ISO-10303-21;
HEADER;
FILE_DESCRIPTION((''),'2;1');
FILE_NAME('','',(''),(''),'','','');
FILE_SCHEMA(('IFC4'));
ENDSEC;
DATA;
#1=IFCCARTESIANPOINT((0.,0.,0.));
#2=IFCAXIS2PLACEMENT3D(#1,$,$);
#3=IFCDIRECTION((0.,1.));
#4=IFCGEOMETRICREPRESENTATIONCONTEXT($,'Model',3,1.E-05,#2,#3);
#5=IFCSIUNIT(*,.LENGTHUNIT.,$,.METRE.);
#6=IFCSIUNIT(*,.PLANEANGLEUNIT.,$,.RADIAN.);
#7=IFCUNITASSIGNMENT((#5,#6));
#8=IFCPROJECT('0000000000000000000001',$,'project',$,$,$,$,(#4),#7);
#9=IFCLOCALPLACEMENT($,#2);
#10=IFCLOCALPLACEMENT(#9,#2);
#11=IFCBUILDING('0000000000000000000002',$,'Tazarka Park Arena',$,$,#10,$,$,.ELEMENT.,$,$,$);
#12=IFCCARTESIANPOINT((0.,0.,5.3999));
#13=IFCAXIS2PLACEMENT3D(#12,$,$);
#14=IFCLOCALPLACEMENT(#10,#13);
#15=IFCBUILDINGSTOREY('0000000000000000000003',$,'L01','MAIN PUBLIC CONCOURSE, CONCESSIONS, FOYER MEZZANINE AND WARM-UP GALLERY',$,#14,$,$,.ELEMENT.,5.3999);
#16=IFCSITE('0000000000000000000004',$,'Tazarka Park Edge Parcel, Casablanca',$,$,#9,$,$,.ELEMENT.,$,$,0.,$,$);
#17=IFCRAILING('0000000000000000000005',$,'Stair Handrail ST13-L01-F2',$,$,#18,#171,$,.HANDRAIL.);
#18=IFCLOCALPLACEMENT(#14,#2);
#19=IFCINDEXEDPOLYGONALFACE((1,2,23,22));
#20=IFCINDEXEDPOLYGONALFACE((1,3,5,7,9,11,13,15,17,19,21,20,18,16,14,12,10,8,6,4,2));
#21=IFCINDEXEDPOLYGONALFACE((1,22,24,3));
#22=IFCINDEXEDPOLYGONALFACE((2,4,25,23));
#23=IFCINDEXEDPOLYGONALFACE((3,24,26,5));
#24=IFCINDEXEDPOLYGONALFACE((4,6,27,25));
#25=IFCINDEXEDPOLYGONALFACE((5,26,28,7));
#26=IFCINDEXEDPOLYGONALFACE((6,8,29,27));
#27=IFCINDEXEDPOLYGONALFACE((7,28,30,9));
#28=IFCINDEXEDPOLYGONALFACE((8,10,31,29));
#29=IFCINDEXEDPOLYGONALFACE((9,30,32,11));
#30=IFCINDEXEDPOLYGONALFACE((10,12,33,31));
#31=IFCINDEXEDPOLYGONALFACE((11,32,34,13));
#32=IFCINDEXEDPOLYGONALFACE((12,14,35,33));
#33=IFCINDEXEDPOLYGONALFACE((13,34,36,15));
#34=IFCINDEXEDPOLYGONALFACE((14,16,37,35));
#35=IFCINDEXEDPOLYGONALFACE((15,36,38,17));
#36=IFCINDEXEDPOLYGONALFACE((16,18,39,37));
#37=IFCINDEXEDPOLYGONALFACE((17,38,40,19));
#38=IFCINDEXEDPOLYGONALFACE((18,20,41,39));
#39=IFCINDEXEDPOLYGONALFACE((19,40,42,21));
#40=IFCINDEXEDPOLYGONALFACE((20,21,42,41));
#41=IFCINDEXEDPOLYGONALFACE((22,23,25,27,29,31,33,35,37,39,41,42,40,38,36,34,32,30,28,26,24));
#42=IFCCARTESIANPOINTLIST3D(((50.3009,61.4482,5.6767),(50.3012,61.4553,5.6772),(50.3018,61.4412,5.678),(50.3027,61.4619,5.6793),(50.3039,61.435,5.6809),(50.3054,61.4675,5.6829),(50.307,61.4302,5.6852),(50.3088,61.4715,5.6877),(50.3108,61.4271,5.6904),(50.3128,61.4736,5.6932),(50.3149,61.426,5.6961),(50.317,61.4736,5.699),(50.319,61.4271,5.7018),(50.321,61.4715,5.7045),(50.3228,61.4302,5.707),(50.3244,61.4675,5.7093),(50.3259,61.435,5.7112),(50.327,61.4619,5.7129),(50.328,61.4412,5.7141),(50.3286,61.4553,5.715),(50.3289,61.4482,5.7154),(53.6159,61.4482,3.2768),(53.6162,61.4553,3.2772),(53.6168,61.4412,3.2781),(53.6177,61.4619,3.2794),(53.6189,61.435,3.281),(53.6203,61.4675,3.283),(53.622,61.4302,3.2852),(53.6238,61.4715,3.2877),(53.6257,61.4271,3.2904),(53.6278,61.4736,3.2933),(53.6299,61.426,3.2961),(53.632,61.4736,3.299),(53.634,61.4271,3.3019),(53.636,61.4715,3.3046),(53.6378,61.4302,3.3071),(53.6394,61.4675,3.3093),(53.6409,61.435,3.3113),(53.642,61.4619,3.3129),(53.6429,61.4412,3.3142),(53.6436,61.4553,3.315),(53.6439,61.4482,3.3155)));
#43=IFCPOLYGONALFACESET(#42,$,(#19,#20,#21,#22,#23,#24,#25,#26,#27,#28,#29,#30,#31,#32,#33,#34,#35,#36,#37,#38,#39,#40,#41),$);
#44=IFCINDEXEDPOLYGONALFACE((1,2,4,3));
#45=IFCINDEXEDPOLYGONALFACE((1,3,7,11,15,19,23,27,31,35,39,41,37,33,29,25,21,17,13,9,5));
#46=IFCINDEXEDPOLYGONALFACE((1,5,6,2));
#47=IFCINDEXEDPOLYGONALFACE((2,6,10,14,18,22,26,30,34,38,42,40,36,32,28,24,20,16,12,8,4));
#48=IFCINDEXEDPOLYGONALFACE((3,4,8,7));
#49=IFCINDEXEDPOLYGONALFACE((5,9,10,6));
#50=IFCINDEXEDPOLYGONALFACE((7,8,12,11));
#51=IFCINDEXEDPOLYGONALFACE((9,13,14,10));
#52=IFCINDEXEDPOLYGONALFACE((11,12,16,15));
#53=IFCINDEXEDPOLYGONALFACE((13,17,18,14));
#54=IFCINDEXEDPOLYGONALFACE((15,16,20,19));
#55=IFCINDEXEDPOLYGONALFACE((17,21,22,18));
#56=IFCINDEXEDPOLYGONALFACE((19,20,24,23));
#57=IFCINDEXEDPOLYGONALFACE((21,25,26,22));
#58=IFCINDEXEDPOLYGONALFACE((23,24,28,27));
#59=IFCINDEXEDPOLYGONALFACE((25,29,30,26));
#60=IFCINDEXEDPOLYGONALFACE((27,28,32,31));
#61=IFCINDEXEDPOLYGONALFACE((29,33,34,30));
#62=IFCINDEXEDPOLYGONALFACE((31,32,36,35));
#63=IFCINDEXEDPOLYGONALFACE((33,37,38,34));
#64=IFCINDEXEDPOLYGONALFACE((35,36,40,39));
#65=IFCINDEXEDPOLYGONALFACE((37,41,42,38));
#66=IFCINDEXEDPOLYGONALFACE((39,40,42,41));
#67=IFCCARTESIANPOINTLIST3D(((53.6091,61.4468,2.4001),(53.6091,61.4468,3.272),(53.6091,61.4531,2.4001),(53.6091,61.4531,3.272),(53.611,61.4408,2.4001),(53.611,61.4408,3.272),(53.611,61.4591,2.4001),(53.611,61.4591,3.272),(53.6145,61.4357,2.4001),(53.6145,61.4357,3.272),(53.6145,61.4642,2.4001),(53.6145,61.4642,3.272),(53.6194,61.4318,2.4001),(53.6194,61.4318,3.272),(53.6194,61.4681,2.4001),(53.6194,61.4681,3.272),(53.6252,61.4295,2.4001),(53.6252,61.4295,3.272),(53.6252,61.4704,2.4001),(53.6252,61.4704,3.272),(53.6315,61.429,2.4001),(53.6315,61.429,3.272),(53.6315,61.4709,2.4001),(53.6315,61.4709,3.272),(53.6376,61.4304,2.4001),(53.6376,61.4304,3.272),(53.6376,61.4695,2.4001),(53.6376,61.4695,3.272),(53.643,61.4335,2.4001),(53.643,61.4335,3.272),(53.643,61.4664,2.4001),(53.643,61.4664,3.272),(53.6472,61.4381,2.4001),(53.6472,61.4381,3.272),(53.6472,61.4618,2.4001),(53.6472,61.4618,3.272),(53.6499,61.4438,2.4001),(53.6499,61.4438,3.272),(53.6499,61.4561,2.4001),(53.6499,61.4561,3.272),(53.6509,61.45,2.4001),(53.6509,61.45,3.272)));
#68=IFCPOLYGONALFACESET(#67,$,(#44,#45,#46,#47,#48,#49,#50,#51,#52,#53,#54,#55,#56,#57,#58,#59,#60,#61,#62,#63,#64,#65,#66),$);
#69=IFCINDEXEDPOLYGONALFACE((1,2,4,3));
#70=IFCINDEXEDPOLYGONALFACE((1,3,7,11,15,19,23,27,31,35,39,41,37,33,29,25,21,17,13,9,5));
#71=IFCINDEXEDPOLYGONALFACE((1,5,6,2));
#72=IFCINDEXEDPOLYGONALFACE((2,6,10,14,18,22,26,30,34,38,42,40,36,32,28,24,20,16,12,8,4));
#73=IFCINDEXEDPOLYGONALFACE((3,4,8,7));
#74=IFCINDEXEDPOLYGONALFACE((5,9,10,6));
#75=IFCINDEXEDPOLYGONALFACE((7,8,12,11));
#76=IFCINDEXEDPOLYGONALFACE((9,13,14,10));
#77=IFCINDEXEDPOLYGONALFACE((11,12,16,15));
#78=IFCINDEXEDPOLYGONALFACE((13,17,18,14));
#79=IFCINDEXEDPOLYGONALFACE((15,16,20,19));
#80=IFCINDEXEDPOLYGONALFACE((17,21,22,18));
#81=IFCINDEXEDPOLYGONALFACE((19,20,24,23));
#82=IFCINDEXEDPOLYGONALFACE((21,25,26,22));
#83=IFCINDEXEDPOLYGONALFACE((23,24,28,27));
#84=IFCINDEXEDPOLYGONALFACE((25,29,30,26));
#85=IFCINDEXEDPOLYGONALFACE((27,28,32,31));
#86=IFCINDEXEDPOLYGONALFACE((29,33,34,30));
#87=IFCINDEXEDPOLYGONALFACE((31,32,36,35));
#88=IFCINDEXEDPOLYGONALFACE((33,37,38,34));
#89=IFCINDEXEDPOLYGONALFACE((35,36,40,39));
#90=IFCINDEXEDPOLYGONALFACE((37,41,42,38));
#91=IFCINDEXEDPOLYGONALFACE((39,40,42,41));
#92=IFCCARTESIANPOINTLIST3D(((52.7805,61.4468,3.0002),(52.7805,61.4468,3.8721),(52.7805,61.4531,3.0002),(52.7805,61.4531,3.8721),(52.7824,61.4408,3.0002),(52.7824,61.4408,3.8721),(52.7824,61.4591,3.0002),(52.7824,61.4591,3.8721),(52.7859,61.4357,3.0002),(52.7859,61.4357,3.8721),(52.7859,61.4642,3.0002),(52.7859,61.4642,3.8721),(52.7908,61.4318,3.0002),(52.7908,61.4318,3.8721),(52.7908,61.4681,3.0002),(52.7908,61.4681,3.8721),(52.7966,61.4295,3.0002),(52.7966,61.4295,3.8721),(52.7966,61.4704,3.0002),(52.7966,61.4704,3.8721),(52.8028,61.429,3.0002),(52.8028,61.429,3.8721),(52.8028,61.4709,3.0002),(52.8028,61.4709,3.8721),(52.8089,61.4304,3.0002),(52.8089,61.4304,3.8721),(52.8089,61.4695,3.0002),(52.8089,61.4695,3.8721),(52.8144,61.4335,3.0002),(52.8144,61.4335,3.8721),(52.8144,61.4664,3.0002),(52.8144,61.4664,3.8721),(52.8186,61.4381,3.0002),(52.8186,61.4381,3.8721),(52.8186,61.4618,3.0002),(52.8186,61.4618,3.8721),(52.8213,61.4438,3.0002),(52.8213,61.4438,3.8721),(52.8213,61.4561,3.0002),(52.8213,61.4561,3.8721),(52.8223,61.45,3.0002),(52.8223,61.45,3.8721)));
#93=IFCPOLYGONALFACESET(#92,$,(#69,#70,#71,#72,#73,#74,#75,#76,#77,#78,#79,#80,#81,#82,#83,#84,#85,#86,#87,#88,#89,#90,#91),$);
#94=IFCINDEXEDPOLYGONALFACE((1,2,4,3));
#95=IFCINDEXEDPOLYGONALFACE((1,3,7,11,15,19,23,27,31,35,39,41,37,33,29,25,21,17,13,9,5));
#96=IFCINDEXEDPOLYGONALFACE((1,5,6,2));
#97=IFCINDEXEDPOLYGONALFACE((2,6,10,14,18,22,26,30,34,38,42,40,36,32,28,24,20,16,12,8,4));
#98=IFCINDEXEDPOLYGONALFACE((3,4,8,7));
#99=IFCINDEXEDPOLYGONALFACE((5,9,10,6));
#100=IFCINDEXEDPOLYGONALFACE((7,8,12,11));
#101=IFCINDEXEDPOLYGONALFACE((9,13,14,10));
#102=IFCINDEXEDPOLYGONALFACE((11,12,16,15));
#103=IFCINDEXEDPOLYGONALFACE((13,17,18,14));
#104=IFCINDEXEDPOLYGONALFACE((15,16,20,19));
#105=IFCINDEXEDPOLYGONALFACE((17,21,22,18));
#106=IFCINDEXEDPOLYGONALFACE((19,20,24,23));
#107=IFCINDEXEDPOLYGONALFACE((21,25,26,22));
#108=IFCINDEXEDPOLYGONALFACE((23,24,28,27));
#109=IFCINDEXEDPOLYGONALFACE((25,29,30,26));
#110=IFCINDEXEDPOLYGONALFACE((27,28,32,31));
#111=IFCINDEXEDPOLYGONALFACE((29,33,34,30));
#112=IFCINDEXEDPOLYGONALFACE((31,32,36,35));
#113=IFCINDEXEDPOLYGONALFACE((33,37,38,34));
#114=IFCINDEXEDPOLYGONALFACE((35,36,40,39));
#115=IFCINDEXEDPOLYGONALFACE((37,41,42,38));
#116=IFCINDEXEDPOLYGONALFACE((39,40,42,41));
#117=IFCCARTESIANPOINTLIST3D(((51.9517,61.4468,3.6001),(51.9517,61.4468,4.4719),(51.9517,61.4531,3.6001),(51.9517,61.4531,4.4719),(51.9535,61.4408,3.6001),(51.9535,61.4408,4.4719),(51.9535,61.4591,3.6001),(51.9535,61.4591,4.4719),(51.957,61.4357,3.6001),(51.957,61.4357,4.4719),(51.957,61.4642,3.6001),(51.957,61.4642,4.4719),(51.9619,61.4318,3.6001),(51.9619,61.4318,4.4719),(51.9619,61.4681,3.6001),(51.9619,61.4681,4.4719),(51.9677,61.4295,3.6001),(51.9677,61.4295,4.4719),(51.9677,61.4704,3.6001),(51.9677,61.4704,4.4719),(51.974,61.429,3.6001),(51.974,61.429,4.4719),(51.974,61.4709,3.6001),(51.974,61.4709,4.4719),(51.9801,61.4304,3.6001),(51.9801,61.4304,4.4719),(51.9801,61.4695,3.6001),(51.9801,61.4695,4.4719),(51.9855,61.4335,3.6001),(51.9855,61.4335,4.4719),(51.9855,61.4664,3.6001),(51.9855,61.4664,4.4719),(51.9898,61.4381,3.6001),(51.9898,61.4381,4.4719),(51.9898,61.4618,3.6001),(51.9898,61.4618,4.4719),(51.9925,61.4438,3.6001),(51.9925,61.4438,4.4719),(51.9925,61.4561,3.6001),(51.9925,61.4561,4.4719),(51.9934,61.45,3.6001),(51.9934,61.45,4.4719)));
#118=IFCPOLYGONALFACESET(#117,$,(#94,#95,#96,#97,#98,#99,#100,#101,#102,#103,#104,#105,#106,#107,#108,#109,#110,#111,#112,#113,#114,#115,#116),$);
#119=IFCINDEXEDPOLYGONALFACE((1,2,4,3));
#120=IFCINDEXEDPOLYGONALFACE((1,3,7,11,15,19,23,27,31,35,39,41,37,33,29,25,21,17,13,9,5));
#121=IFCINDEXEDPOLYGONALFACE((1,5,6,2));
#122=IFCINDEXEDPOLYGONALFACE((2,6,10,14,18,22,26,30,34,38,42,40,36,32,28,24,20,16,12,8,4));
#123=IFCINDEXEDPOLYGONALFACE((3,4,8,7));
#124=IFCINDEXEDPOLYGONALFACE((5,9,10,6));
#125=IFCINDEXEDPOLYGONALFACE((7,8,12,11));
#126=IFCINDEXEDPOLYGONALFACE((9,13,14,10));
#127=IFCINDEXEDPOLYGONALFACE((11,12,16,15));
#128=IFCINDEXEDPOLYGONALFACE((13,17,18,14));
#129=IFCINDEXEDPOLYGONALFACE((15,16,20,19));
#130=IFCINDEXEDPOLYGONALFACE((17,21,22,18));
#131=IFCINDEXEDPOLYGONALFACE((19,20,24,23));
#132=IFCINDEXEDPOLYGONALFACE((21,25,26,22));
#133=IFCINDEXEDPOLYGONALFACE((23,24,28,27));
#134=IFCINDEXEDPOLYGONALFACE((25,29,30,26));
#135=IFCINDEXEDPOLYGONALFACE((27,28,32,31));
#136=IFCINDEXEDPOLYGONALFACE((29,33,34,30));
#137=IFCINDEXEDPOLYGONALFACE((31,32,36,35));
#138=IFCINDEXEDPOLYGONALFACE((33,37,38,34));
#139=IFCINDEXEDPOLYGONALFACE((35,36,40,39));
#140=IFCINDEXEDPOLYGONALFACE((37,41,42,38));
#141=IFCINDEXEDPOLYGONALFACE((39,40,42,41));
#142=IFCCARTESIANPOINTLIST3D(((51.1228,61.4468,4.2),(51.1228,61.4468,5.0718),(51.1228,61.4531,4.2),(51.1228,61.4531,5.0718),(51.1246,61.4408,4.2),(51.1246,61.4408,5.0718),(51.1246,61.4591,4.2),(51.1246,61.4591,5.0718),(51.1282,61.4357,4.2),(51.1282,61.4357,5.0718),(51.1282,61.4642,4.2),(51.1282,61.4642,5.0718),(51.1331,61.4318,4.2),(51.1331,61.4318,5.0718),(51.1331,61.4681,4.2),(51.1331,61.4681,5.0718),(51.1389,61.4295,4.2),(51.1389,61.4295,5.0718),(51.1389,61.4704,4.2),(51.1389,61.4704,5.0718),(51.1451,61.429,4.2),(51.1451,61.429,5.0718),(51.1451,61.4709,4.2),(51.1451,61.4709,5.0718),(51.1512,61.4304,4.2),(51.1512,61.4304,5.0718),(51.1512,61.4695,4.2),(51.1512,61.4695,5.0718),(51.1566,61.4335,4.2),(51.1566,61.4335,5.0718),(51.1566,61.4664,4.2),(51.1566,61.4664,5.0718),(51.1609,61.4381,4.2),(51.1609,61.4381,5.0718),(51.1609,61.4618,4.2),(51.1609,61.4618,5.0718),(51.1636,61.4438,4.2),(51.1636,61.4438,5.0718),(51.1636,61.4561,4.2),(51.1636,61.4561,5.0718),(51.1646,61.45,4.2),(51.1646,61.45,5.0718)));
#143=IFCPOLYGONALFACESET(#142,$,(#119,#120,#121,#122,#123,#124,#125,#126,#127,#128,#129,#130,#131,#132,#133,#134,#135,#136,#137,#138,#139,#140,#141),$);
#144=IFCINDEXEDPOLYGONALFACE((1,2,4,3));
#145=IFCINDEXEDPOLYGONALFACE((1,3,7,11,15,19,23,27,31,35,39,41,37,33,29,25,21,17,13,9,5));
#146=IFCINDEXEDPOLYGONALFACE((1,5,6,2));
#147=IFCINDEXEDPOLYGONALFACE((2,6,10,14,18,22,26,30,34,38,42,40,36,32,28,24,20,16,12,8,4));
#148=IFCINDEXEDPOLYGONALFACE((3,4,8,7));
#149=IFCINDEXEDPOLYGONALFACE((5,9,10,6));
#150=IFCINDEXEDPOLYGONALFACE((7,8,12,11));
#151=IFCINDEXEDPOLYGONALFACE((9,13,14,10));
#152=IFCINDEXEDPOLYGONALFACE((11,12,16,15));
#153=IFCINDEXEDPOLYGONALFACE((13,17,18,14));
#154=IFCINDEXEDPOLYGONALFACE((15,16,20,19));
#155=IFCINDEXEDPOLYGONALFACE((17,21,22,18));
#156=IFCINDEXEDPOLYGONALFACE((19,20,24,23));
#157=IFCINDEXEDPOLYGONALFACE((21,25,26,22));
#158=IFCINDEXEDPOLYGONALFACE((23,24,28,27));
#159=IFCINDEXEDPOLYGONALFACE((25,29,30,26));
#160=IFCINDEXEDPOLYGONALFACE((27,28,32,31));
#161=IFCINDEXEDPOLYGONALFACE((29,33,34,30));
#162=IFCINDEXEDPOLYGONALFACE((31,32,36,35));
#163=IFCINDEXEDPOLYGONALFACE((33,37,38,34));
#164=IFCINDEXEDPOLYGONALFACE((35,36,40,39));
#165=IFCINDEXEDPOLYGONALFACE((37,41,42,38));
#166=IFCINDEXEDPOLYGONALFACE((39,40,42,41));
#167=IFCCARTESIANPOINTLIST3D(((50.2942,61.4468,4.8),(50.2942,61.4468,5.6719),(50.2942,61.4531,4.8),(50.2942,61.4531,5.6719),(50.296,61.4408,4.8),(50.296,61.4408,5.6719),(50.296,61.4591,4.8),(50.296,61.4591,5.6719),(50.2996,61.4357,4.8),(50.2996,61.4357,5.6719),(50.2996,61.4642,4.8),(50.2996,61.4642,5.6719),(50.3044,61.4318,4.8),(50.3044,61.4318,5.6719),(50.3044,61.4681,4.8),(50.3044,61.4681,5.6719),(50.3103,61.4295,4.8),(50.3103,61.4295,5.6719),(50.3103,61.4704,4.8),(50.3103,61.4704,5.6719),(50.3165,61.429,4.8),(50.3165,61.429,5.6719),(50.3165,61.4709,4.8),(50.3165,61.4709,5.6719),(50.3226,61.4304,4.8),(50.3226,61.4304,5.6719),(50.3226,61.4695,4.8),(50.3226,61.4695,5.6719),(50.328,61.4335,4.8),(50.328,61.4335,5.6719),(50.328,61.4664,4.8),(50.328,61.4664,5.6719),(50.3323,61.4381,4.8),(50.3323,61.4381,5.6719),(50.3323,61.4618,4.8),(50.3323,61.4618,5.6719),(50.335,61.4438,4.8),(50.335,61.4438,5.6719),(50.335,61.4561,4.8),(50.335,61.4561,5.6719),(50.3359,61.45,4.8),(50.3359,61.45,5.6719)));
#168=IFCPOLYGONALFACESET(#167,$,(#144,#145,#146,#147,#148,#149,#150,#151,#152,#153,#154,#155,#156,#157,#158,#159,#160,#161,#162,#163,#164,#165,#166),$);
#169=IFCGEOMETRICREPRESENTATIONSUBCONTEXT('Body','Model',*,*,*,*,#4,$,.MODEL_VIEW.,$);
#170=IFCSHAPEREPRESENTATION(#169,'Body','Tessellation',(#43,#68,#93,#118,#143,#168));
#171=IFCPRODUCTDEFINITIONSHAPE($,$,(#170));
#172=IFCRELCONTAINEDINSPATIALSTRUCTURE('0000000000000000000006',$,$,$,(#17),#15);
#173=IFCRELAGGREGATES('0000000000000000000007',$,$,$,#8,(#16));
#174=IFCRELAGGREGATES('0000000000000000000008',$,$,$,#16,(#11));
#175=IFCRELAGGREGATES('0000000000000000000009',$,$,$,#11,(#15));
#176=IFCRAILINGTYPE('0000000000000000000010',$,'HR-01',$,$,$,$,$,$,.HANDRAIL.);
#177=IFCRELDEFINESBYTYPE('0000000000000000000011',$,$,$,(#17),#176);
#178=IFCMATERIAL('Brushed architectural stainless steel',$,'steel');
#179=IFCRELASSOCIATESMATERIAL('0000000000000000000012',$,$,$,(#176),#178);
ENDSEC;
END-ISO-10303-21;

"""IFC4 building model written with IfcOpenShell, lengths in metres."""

from ifc_helpers import new_model, si_unit, direction, frame, origin, origin_2d, place, context, subcontext, project, spatial, circle, extrude, material, type_object, element, save


model = new_model("IFC4")

# Units and contexts
model_context = context("Model", 3, precision=1e-05, world=origin(), true_north=direction((0.0, 1.0)))
body_context = subcontext(model_context, "Body", "Model", "MODEL_VIEW")
ifc_project = project(units=[si_unit("LENGTHUNIT", "METRE"), si_unit("PLANEANGLEUNIT", "RADIAN")], contexts=[model_context])

# Site, building, storey
site_placement = place(None, origin())
site = spatial("IfcSite", under=ifc_project, at=site_placement, Name="Tazarka Park Edge Parcel, Casablanca", CompositionType="ELEMENT", RefElevation=0.0)
building_placement = place(site_placement, origin())
building = spatial("IfcBuilding", under=site, at=building_placement, Name="Tazarka Park Arena", CompositionType="ELEMENT")
storey_placement = place(building_placement, frame((0.0, 0.0, 5.3999)))
storey = spatial("IfcBuildingStorey", under=building, at=storey_placement, Name="L01", Description="MAIN PUBLIC CONCOURSE, CONCESSIONS, FOYER MEZZANINE AND WARM-UP GALLERY", CompositionType="ELEMENT", Elevation=5.3999)

# Railing
ifc_material_1 = material(Name="Brushed architectural stainless steel", Category="steel")
railing_type_1 = type_object("IfcRailingType", Name="HR-01", PredefinedType="HANDRAIL", material=ifc_material_1)
railing_1_placement = place(storey_placement, frame((53.6299, 61.45, 2.4001)))
element("IfcRailing", 1, at=railing_1_placement, inside=storey, type_object=railing_type_1, Name="Stair Handrail ST13-L01-F2", PredefinedType="HANDRAIL", context=body_context, shape_type="SweptSolid", body=[
    extrude(circle(Radius=0.0239, at=origin_2d()), frame((0.0, 0.0, 0.896), z_axis=(-0.810009, 0.0, 0.586418), x_axis=(0.0, -1.0, 0.0)), (0.0, 0.0, 1.0), 4.0925),
    extrude(circle(Radius=0.021, at=origin_2d()), origin(), (0.0, 0.0, 1.0), 0.8718),
    extrude(circle(Radius=0.021, at=origin_2d()), frame((-0.8286, 0.0, 0.6001)), (0.0, 0.0, 1.0), 0.8718),
    extrude(circle(Radius=0.021, at=origin_2d()), frame((-1.6575, 0.0, 1.2)), (0.0, 0.0, 1.0), 0.8718),
    extrude(circle(Radius=0.021, at=origin_2d()), frame((-2.4863, 0.0, 1.7998)), (0.0, 0.0, 1.0), 0.8718),
    extrude(circle(Radius=0.021, at=origin_2d()), frame((-3.3149, 0.0, 2.3999)), (0.0, 0.0, 1.0), 0.8718),
])

save(model, "model.ifc")
